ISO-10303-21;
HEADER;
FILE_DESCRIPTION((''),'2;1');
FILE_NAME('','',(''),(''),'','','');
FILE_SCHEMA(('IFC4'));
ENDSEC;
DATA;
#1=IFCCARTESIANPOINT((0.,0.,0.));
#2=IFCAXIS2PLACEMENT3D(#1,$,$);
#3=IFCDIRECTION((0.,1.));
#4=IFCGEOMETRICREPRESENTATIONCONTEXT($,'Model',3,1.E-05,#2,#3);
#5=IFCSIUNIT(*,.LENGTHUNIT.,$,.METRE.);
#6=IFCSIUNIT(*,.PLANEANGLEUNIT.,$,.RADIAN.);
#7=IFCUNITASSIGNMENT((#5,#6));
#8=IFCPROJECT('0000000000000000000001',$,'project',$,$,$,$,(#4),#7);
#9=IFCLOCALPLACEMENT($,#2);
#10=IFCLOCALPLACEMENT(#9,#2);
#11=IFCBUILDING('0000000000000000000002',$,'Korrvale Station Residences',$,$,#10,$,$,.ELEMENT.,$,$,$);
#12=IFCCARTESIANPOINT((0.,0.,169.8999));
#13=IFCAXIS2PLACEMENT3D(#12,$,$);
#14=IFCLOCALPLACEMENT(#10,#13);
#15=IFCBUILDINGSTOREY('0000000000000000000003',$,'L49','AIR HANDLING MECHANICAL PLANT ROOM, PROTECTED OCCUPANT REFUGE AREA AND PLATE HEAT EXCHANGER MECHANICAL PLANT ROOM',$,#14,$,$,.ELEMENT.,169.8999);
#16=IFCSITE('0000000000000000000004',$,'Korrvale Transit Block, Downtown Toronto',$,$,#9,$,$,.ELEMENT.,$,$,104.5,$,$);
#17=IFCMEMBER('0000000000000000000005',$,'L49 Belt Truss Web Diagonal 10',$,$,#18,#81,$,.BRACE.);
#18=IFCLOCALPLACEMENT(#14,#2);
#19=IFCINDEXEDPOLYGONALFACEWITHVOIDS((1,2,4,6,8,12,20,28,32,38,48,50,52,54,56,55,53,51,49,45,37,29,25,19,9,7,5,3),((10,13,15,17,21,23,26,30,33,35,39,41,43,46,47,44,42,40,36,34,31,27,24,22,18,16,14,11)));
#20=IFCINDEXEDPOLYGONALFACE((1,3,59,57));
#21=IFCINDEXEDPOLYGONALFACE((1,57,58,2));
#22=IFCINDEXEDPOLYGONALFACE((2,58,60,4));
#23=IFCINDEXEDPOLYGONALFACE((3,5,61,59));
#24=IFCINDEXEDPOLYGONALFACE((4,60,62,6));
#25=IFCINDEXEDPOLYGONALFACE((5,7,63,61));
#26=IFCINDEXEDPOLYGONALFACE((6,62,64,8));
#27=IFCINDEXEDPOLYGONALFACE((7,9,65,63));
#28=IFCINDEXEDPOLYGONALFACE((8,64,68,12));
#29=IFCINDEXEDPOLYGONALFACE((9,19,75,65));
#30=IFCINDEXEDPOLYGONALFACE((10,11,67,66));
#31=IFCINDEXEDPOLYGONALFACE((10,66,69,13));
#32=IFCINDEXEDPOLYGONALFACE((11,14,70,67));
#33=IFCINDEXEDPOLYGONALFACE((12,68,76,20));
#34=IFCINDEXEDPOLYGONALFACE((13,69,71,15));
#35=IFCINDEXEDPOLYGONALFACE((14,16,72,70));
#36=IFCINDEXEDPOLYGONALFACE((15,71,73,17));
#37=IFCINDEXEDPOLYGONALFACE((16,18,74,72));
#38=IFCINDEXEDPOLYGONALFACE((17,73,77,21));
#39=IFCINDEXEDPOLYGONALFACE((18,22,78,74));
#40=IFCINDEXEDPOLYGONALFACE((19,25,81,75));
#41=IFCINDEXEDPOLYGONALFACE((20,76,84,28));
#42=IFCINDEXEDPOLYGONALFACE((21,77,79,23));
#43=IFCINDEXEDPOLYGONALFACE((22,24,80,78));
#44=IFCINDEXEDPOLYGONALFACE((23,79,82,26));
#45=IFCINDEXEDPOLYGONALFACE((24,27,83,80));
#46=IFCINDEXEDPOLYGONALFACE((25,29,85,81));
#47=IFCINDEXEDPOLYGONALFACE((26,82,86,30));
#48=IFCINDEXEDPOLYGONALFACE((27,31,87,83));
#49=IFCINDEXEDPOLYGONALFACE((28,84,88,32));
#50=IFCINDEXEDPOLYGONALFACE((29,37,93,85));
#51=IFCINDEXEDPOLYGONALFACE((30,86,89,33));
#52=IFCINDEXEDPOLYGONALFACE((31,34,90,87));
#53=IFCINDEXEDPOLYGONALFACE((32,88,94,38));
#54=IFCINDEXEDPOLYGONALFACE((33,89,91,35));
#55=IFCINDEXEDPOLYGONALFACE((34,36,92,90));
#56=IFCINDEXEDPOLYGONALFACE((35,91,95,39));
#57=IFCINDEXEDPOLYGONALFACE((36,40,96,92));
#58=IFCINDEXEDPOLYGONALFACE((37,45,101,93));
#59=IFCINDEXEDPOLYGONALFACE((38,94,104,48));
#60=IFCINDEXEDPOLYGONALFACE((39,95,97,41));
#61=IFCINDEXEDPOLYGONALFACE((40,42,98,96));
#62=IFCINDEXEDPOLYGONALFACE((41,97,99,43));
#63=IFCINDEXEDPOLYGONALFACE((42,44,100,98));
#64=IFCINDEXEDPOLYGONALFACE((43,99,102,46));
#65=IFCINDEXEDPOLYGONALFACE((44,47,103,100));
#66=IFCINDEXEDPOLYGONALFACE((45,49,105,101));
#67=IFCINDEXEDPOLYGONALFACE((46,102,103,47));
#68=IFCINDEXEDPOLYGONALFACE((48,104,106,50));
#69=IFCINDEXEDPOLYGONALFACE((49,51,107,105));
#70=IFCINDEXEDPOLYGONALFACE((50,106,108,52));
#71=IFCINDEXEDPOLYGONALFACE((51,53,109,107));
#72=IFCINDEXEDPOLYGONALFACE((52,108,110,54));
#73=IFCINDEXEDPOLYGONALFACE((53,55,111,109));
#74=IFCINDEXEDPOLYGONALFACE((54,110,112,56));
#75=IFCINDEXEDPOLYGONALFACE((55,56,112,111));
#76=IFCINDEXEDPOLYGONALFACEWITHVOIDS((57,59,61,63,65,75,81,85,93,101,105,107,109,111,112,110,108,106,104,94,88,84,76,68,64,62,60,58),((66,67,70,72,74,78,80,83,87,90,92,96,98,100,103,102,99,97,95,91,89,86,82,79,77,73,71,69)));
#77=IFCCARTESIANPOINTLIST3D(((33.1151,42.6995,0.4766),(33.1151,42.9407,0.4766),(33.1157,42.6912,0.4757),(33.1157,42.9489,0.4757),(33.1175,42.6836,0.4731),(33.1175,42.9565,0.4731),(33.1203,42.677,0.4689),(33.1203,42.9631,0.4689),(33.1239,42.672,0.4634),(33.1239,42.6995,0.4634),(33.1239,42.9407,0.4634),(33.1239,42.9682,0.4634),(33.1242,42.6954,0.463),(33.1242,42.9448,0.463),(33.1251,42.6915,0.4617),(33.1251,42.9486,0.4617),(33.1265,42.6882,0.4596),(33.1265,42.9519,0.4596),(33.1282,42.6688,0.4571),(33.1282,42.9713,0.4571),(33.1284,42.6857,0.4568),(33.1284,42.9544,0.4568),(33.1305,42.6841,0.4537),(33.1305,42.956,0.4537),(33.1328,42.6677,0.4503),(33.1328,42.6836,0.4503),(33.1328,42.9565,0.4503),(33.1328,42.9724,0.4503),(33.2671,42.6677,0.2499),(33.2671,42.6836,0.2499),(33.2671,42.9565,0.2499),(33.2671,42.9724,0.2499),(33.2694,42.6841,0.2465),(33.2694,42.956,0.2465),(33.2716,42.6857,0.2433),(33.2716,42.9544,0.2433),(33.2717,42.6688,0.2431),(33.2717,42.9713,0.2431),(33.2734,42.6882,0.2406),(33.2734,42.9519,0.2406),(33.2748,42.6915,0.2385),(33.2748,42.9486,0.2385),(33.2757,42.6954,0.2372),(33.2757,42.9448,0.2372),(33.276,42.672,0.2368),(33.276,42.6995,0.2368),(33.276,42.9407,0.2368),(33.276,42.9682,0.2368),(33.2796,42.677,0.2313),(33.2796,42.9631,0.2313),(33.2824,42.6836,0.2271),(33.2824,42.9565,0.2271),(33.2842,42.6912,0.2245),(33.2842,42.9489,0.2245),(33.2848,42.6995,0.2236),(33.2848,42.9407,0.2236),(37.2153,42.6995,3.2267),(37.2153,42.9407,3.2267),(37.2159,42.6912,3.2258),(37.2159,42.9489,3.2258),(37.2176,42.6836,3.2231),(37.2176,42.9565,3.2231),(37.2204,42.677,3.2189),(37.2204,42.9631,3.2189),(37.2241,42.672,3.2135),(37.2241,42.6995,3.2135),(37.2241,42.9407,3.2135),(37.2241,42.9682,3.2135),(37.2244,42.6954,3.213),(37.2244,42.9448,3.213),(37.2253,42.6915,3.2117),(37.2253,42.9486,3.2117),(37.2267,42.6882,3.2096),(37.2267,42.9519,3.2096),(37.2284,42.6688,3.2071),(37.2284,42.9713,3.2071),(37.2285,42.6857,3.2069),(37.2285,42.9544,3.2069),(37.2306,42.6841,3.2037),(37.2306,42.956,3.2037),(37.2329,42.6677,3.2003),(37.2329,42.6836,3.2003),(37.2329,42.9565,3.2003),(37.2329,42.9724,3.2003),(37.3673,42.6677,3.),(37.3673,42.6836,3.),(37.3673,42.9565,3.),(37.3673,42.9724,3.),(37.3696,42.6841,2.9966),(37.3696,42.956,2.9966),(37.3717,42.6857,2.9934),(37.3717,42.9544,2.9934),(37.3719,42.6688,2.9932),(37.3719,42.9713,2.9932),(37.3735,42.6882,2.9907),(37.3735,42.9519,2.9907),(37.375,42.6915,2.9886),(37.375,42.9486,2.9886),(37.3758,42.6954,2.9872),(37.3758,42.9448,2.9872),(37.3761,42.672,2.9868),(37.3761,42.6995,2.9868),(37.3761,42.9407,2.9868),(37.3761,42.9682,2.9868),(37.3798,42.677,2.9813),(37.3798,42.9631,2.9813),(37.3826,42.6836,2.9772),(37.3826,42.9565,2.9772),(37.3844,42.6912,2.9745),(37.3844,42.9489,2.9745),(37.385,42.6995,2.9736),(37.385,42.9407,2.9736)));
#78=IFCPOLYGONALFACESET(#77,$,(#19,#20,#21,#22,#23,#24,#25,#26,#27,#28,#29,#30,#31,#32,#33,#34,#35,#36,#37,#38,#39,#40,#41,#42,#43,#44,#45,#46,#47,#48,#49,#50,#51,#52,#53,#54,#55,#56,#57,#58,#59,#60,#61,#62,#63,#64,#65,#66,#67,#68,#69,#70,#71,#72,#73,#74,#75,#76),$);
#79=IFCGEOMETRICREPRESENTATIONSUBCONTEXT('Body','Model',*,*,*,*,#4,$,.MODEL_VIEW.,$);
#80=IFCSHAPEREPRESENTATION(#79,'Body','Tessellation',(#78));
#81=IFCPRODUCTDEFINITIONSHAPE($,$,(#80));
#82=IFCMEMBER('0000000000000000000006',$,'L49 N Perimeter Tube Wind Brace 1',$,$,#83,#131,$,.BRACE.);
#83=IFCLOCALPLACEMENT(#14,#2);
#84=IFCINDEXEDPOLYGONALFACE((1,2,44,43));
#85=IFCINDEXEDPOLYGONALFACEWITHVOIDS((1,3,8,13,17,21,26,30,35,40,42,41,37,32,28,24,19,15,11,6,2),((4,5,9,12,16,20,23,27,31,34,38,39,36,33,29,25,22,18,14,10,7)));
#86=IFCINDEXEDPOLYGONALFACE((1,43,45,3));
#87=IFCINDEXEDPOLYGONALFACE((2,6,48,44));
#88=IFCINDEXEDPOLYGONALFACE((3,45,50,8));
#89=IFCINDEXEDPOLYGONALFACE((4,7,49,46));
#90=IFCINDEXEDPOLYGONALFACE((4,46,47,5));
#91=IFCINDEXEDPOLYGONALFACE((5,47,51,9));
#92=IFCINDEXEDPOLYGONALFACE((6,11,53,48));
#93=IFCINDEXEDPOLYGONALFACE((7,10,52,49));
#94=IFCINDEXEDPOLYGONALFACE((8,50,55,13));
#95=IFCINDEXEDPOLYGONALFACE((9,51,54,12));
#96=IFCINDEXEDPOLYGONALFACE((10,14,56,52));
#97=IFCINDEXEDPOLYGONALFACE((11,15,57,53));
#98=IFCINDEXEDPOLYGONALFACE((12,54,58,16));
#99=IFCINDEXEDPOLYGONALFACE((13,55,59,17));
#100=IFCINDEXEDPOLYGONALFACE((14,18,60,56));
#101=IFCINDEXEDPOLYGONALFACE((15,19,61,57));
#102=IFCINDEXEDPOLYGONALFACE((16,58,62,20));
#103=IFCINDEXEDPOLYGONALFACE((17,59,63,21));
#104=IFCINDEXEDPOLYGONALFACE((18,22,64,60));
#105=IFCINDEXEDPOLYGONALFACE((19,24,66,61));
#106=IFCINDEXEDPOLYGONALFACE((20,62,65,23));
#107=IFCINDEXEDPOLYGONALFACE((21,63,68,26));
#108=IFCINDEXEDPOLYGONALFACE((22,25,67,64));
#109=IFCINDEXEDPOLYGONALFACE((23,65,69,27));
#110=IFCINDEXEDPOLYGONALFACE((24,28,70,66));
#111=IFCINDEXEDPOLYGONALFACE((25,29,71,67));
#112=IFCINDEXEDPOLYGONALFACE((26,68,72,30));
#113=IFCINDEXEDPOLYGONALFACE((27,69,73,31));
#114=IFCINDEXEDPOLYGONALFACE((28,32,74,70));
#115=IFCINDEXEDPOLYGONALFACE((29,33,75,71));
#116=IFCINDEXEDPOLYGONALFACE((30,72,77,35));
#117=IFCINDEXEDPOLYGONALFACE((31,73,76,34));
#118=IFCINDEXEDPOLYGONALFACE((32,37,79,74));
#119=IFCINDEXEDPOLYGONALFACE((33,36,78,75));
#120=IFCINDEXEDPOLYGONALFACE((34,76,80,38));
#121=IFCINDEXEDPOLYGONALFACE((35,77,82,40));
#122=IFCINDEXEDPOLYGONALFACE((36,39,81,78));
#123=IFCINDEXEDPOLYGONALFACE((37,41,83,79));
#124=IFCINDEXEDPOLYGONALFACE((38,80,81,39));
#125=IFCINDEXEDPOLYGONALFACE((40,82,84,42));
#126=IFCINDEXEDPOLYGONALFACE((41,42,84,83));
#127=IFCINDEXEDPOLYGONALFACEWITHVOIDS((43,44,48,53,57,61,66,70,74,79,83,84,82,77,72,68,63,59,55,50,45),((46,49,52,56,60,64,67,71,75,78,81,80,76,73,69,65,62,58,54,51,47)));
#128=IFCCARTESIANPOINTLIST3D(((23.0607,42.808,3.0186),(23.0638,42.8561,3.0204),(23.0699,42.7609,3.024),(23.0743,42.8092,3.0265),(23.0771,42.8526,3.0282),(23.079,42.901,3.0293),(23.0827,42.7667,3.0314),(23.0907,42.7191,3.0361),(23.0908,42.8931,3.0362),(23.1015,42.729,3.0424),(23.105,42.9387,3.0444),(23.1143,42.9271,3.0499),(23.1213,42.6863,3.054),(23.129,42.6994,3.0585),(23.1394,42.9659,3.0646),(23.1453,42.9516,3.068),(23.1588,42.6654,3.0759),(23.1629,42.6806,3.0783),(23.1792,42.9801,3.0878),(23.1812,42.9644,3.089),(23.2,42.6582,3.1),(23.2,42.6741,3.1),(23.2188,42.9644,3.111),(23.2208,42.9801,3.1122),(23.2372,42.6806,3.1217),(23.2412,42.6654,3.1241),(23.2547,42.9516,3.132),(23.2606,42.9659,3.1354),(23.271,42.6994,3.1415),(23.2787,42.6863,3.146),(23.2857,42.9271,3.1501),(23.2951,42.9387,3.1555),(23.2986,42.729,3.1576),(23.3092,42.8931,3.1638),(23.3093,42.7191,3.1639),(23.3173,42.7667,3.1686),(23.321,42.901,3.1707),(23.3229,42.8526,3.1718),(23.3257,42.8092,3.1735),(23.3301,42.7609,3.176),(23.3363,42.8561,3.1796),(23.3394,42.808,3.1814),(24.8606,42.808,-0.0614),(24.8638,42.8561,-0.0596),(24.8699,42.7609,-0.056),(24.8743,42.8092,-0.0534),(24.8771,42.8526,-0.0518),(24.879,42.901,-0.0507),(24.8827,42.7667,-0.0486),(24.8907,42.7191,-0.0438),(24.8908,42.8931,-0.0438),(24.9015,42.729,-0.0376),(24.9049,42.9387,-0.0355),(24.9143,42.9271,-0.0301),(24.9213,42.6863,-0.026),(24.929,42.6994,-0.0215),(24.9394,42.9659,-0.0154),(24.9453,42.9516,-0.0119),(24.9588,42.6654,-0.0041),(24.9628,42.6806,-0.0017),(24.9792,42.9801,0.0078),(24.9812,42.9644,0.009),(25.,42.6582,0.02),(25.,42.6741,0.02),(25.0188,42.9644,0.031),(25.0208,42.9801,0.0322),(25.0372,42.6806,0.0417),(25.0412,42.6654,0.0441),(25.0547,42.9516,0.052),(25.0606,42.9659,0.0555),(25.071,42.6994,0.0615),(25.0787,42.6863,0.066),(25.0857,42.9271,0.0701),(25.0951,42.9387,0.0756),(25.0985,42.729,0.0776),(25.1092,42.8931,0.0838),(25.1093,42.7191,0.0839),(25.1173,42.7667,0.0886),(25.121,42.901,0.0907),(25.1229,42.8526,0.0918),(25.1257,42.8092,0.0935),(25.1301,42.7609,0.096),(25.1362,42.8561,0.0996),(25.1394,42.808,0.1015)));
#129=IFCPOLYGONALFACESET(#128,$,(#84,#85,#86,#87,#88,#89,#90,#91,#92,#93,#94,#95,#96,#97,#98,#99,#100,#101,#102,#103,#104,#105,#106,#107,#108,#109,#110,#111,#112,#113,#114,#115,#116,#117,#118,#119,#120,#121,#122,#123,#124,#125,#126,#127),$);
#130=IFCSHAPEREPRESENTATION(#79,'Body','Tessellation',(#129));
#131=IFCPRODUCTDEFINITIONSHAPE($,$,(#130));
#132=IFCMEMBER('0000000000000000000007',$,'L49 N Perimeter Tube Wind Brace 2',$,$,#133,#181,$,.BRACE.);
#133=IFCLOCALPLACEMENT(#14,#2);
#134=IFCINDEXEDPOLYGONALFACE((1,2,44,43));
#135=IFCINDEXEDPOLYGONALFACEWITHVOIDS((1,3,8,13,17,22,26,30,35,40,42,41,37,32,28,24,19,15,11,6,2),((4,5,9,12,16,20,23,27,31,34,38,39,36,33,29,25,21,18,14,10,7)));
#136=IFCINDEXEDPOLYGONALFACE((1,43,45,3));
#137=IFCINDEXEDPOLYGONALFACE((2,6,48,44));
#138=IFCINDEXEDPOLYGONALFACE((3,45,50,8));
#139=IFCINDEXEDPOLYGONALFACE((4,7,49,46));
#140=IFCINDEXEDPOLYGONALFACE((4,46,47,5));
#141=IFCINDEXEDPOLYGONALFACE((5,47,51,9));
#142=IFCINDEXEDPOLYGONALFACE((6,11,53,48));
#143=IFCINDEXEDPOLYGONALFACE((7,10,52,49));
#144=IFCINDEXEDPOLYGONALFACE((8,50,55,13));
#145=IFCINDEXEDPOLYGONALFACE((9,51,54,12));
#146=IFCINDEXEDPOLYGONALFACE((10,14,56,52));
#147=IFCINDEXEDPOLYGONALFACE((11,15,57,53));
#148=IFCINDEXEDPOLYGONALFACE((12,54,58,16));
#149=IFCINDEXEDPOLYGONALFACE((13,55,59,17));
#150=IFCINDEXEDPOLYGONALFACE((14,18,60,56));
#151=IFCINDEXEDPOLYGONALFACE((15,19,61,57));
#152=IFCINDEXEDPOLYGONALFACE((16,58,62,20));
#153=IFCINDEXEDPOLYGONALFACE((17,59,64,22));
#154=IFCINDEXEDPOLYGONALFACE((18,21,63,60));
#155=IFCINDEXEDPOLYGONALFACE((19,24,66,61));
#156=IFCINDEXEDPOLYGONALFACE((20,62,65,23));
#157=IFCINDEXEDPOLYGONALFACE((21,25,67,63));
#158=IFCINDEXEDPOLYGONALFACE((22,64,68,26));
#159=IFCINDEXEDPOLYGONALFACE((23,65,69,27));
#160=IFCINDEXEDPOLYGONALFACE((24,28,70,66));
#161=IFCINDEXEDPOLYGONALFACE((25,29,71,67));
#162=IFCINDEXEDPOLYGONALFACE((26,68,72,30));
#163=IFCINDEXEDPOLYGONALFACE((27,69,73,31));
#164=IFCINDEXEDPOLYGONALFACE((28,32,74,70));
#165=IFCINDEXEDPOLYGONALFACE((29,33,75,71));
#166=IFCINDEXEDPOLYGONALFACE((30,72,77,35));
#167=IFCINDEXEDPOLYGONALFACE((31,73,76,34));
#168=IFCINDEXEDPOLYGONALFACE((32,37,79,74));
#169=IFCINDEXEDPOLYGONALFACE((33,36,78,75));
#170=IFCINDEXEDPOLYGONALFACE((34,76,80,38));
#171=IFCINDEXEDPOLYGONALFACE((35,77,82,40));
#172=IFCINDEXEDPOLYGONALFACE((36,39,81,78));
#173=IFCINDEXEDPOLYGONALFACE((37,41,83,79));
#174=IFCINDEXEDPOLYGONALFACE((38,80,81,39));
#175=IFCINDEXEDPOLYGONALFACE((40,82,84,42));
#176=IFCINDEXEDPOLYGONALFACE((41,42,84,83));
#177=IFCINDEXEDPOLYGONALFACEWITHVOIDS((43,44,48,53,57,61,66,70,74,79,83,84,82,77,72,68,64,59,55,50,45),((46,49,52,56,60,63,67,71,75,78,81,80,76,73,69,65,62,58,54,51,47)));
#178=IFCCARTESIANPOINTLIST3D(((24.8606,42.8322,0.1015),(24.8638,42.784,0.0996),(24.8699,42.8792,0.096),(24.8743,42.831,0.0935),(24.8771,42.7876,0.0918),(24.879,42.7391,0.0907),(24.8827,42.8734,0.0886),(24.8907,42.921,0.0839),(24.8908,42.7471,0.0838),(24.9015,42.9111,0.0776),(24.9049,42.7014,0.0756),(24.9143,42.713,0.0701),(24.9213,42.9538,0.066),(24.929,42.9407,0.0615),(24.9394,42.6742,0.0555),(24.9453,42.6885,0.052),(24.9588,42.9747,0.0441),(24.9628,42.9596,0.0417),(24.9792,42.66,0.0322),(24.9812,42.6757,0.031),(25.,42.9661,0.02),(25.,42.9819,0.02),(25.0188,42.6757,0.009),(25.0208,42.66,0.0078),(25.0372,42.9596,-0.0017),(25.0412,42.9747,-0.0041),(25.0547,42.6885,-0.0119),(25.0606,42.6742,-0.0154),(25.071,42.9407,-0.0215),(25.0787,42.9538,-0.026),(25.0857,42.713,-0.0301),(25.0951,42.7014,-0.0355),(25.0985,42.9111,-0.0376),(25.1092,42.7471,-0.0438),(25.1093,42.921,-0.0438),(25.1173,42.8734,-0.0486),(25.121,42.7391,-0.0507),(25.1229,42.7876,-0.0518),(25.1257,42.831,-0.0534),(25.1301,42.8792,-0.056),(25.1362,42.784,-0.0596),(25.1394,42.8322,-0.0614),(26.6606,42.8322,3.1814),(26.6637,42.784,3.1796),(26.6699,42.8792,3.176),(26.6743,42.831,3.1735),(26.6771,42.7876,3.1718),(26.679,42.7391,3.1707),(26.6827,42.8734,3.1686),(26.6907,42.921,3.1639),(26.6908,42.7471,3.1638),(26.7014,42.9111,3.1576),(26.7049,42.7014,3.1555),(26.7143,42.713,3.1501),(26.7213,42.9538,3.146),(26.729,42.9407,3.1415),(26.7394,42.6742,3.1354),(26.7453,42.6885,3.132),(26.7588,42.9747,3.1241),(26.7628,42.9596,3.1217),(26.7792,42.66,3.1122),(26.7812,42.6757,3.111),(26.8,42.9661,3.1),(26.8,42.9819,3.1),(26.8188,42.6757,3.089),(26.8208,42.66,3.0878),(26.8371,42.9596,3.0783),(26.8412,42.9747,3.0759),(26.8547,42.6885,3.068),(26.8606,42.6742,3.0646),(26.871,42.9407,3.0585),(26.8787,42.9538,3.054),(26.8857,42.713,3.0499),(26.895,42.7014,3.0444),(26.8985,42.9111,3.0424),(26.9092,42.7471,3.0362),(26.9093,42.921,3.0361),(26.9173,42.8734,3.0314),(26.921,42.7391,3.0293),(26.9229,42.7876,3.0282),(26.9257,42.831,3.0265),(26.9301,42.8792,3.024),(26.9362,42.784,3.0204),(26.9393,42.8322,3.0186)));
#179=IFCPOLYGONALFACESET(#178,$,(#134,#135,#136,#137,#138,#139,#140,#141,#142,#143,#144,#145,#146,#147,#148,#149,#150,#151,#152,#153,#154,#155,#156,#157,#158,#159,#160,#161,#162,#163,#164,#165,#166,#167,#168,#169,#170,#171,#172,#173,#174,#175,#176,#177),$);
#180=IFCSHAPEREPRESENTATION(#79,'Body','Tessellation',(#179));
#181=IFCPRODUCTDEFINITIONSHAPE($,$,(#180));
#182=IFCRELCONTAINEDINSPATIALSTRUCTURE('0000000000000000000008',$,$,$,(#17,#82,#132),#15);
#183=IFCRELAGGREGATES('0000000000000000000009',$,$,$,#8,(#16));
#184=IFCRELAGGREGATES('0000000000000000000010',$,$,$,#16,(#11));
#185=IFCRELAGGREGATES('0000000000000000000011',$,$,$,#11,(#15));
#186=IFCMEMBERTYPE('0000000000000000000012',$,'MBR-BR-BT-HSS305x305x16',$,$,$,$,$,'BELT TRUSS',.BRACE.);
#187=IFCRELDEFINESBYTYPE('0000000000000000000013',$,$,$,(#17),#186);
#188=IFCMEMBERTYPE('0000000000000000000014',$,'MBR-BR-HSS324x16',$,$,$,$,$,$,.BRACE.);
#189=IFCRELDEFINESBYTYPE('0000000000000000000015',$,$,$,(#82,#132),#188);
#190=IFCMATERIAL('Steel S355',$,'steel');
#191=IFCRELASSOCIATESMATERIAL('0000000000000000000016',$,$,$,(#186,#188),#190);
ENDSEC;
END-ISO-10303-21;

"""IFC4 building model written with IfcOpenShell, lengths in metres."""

from ifc_helpers import new_model, si_unit, direction, frame, origin, origin_2d, place, context, subcontext, project, spatial, hollow_rectangle, hollow_circle, extrude, material, material_profile, profile_set, type_object, element, save


model = new_model("IFC4")

# Units and contexts
model_context = context("Model", 3, precision=1e-05, world=origin(), true_north=direction((0.0, 1.0)))
body_context = subcontext(model_context, "Body", "Model", "MODEL_VIEW")
ifc_project = project(units=[si_unit("LENGTHUNIT", "METRE"), si_unit("PLANEANGLEUNIT", "RADIAN")], contexts=[model_context])

# Site, building, storey
site_placement = place(None, origin())
site = spatial("IfcSite", under=ifc_project, at=site_placement, Name="Korrvale Transit Block, Downtown Toronto", CompositionType="ELEMENT", RefElevation=104.5)
building_placement = place(site_placement, origin())
building = spatial("IfcBuilding", under=site, at=building_placement, Name="Korrvale Station Residences", CompositionType="ELEMENT")
storey_placement = place(building_placement, frame((0.0, 0.0, 169.8999)))
storey = spatial("IfcBuildingStorey", under=building, at=storey_placement, Name="L49", Description="AIR HANDLING MECHANICAL PLANT ROOM, PROTECTED OCCUPANT REFUGE AREA AND PLATE HEAT EXCHANGER MECHANICAL PLANT ROOM", CompositionType="ELEMENT", Elevation=169.8999)

# Members
ifc_material_1 = material(Name="Steel S355", Category="steel")
ifc_material_profile_1 = material_profile(ifc_material_1, hollow_rectangle(XDim=0.3047, YDim=0.3047, WallThickness=0.0159, InnerFilletRadius=0.0159, OuterFilletRadius=0.0317, at=origin_2d()), Name="HSS305x305x16")
ifc_profile_set_1 = profile_set([ifc_material_profile_1], Name="Steel S355")
member_type_1 = type_object("IfcMemberType", Name="MBR-BR-BT-HSS305x305x16", ElementType="BELT TRUSS", PredefinedType="BRACE", material=ifc_profile_set_1)
member_1_placement = place(storey_placement, frame((33.2, 42.8201, 0.3501), z_axis=(0.830495, 0.0, 0.557026), x_axis=(0.0, 1.0, 0.0)))
element("IfcMember", 1, at=member_1_placement, inside=storey, type_object=member_type_1, Name="L49 Belt Truss Web Diagonal 10", PredefinedType="BRACE", context=body_context, shape_type="SweptSolid", body=[
    extrude(hollow_rectangle(XDim=0.3047, YDim=0.3047, WallThickness=0.0159, InnerFilletRadius=0.0159, OuterFilletRadius=0.0317, at=origin_2d()), origin(), (0.0, 0.0, 1.0), 4.937),
])
ifc_material_profile_2 = material_profile(ifc_material_1, hollow_circle(Radius=0.1619, WallThickness=0.0159, at=origin_2d()), Name="HSS324x16")
ifc_profile_set_2 = profile_set([ifc_material_profile_2], Name="Steel S355")
member_type_2 = type_object("IfcMemberType", Name="MBR-BR-HSS324x16", PredefinedType="BRACE", material=ifc_profile_set_2)
for number, where, z_axis, x_axis, name in (
    (2, (25.0, 42.8201, 0.02), (-0.504569, 0.0, 0.863372), (0.0, -1.0, 0.0), "L49 N Perimeter Tube Wind Brace 1"),
    (3, (25.0, 42.8201, 0.02), (0.504569, 0.0, 0.863372), (0.0, 1.0, 0.0), "L49 N Perimeter Tube Wind Brace 2"),
):
    element("IfcMember", number, at=place(storey_placement, frame(where, z_axis=z_axis, x_axis=x_axis)), inside=storey, type_object=member_type_2, Name=name, PredefinedType="BRACE", context=body_context, shape_type="SweptSolid", body=[
        extrude(hollow_circle(Radius=0.1619, WallThickness=0.0159, at=origin_2d()), origin(), (0.0, 0.0, 1.0), 3.5674),
    ])

save(model, "model.ifc")
